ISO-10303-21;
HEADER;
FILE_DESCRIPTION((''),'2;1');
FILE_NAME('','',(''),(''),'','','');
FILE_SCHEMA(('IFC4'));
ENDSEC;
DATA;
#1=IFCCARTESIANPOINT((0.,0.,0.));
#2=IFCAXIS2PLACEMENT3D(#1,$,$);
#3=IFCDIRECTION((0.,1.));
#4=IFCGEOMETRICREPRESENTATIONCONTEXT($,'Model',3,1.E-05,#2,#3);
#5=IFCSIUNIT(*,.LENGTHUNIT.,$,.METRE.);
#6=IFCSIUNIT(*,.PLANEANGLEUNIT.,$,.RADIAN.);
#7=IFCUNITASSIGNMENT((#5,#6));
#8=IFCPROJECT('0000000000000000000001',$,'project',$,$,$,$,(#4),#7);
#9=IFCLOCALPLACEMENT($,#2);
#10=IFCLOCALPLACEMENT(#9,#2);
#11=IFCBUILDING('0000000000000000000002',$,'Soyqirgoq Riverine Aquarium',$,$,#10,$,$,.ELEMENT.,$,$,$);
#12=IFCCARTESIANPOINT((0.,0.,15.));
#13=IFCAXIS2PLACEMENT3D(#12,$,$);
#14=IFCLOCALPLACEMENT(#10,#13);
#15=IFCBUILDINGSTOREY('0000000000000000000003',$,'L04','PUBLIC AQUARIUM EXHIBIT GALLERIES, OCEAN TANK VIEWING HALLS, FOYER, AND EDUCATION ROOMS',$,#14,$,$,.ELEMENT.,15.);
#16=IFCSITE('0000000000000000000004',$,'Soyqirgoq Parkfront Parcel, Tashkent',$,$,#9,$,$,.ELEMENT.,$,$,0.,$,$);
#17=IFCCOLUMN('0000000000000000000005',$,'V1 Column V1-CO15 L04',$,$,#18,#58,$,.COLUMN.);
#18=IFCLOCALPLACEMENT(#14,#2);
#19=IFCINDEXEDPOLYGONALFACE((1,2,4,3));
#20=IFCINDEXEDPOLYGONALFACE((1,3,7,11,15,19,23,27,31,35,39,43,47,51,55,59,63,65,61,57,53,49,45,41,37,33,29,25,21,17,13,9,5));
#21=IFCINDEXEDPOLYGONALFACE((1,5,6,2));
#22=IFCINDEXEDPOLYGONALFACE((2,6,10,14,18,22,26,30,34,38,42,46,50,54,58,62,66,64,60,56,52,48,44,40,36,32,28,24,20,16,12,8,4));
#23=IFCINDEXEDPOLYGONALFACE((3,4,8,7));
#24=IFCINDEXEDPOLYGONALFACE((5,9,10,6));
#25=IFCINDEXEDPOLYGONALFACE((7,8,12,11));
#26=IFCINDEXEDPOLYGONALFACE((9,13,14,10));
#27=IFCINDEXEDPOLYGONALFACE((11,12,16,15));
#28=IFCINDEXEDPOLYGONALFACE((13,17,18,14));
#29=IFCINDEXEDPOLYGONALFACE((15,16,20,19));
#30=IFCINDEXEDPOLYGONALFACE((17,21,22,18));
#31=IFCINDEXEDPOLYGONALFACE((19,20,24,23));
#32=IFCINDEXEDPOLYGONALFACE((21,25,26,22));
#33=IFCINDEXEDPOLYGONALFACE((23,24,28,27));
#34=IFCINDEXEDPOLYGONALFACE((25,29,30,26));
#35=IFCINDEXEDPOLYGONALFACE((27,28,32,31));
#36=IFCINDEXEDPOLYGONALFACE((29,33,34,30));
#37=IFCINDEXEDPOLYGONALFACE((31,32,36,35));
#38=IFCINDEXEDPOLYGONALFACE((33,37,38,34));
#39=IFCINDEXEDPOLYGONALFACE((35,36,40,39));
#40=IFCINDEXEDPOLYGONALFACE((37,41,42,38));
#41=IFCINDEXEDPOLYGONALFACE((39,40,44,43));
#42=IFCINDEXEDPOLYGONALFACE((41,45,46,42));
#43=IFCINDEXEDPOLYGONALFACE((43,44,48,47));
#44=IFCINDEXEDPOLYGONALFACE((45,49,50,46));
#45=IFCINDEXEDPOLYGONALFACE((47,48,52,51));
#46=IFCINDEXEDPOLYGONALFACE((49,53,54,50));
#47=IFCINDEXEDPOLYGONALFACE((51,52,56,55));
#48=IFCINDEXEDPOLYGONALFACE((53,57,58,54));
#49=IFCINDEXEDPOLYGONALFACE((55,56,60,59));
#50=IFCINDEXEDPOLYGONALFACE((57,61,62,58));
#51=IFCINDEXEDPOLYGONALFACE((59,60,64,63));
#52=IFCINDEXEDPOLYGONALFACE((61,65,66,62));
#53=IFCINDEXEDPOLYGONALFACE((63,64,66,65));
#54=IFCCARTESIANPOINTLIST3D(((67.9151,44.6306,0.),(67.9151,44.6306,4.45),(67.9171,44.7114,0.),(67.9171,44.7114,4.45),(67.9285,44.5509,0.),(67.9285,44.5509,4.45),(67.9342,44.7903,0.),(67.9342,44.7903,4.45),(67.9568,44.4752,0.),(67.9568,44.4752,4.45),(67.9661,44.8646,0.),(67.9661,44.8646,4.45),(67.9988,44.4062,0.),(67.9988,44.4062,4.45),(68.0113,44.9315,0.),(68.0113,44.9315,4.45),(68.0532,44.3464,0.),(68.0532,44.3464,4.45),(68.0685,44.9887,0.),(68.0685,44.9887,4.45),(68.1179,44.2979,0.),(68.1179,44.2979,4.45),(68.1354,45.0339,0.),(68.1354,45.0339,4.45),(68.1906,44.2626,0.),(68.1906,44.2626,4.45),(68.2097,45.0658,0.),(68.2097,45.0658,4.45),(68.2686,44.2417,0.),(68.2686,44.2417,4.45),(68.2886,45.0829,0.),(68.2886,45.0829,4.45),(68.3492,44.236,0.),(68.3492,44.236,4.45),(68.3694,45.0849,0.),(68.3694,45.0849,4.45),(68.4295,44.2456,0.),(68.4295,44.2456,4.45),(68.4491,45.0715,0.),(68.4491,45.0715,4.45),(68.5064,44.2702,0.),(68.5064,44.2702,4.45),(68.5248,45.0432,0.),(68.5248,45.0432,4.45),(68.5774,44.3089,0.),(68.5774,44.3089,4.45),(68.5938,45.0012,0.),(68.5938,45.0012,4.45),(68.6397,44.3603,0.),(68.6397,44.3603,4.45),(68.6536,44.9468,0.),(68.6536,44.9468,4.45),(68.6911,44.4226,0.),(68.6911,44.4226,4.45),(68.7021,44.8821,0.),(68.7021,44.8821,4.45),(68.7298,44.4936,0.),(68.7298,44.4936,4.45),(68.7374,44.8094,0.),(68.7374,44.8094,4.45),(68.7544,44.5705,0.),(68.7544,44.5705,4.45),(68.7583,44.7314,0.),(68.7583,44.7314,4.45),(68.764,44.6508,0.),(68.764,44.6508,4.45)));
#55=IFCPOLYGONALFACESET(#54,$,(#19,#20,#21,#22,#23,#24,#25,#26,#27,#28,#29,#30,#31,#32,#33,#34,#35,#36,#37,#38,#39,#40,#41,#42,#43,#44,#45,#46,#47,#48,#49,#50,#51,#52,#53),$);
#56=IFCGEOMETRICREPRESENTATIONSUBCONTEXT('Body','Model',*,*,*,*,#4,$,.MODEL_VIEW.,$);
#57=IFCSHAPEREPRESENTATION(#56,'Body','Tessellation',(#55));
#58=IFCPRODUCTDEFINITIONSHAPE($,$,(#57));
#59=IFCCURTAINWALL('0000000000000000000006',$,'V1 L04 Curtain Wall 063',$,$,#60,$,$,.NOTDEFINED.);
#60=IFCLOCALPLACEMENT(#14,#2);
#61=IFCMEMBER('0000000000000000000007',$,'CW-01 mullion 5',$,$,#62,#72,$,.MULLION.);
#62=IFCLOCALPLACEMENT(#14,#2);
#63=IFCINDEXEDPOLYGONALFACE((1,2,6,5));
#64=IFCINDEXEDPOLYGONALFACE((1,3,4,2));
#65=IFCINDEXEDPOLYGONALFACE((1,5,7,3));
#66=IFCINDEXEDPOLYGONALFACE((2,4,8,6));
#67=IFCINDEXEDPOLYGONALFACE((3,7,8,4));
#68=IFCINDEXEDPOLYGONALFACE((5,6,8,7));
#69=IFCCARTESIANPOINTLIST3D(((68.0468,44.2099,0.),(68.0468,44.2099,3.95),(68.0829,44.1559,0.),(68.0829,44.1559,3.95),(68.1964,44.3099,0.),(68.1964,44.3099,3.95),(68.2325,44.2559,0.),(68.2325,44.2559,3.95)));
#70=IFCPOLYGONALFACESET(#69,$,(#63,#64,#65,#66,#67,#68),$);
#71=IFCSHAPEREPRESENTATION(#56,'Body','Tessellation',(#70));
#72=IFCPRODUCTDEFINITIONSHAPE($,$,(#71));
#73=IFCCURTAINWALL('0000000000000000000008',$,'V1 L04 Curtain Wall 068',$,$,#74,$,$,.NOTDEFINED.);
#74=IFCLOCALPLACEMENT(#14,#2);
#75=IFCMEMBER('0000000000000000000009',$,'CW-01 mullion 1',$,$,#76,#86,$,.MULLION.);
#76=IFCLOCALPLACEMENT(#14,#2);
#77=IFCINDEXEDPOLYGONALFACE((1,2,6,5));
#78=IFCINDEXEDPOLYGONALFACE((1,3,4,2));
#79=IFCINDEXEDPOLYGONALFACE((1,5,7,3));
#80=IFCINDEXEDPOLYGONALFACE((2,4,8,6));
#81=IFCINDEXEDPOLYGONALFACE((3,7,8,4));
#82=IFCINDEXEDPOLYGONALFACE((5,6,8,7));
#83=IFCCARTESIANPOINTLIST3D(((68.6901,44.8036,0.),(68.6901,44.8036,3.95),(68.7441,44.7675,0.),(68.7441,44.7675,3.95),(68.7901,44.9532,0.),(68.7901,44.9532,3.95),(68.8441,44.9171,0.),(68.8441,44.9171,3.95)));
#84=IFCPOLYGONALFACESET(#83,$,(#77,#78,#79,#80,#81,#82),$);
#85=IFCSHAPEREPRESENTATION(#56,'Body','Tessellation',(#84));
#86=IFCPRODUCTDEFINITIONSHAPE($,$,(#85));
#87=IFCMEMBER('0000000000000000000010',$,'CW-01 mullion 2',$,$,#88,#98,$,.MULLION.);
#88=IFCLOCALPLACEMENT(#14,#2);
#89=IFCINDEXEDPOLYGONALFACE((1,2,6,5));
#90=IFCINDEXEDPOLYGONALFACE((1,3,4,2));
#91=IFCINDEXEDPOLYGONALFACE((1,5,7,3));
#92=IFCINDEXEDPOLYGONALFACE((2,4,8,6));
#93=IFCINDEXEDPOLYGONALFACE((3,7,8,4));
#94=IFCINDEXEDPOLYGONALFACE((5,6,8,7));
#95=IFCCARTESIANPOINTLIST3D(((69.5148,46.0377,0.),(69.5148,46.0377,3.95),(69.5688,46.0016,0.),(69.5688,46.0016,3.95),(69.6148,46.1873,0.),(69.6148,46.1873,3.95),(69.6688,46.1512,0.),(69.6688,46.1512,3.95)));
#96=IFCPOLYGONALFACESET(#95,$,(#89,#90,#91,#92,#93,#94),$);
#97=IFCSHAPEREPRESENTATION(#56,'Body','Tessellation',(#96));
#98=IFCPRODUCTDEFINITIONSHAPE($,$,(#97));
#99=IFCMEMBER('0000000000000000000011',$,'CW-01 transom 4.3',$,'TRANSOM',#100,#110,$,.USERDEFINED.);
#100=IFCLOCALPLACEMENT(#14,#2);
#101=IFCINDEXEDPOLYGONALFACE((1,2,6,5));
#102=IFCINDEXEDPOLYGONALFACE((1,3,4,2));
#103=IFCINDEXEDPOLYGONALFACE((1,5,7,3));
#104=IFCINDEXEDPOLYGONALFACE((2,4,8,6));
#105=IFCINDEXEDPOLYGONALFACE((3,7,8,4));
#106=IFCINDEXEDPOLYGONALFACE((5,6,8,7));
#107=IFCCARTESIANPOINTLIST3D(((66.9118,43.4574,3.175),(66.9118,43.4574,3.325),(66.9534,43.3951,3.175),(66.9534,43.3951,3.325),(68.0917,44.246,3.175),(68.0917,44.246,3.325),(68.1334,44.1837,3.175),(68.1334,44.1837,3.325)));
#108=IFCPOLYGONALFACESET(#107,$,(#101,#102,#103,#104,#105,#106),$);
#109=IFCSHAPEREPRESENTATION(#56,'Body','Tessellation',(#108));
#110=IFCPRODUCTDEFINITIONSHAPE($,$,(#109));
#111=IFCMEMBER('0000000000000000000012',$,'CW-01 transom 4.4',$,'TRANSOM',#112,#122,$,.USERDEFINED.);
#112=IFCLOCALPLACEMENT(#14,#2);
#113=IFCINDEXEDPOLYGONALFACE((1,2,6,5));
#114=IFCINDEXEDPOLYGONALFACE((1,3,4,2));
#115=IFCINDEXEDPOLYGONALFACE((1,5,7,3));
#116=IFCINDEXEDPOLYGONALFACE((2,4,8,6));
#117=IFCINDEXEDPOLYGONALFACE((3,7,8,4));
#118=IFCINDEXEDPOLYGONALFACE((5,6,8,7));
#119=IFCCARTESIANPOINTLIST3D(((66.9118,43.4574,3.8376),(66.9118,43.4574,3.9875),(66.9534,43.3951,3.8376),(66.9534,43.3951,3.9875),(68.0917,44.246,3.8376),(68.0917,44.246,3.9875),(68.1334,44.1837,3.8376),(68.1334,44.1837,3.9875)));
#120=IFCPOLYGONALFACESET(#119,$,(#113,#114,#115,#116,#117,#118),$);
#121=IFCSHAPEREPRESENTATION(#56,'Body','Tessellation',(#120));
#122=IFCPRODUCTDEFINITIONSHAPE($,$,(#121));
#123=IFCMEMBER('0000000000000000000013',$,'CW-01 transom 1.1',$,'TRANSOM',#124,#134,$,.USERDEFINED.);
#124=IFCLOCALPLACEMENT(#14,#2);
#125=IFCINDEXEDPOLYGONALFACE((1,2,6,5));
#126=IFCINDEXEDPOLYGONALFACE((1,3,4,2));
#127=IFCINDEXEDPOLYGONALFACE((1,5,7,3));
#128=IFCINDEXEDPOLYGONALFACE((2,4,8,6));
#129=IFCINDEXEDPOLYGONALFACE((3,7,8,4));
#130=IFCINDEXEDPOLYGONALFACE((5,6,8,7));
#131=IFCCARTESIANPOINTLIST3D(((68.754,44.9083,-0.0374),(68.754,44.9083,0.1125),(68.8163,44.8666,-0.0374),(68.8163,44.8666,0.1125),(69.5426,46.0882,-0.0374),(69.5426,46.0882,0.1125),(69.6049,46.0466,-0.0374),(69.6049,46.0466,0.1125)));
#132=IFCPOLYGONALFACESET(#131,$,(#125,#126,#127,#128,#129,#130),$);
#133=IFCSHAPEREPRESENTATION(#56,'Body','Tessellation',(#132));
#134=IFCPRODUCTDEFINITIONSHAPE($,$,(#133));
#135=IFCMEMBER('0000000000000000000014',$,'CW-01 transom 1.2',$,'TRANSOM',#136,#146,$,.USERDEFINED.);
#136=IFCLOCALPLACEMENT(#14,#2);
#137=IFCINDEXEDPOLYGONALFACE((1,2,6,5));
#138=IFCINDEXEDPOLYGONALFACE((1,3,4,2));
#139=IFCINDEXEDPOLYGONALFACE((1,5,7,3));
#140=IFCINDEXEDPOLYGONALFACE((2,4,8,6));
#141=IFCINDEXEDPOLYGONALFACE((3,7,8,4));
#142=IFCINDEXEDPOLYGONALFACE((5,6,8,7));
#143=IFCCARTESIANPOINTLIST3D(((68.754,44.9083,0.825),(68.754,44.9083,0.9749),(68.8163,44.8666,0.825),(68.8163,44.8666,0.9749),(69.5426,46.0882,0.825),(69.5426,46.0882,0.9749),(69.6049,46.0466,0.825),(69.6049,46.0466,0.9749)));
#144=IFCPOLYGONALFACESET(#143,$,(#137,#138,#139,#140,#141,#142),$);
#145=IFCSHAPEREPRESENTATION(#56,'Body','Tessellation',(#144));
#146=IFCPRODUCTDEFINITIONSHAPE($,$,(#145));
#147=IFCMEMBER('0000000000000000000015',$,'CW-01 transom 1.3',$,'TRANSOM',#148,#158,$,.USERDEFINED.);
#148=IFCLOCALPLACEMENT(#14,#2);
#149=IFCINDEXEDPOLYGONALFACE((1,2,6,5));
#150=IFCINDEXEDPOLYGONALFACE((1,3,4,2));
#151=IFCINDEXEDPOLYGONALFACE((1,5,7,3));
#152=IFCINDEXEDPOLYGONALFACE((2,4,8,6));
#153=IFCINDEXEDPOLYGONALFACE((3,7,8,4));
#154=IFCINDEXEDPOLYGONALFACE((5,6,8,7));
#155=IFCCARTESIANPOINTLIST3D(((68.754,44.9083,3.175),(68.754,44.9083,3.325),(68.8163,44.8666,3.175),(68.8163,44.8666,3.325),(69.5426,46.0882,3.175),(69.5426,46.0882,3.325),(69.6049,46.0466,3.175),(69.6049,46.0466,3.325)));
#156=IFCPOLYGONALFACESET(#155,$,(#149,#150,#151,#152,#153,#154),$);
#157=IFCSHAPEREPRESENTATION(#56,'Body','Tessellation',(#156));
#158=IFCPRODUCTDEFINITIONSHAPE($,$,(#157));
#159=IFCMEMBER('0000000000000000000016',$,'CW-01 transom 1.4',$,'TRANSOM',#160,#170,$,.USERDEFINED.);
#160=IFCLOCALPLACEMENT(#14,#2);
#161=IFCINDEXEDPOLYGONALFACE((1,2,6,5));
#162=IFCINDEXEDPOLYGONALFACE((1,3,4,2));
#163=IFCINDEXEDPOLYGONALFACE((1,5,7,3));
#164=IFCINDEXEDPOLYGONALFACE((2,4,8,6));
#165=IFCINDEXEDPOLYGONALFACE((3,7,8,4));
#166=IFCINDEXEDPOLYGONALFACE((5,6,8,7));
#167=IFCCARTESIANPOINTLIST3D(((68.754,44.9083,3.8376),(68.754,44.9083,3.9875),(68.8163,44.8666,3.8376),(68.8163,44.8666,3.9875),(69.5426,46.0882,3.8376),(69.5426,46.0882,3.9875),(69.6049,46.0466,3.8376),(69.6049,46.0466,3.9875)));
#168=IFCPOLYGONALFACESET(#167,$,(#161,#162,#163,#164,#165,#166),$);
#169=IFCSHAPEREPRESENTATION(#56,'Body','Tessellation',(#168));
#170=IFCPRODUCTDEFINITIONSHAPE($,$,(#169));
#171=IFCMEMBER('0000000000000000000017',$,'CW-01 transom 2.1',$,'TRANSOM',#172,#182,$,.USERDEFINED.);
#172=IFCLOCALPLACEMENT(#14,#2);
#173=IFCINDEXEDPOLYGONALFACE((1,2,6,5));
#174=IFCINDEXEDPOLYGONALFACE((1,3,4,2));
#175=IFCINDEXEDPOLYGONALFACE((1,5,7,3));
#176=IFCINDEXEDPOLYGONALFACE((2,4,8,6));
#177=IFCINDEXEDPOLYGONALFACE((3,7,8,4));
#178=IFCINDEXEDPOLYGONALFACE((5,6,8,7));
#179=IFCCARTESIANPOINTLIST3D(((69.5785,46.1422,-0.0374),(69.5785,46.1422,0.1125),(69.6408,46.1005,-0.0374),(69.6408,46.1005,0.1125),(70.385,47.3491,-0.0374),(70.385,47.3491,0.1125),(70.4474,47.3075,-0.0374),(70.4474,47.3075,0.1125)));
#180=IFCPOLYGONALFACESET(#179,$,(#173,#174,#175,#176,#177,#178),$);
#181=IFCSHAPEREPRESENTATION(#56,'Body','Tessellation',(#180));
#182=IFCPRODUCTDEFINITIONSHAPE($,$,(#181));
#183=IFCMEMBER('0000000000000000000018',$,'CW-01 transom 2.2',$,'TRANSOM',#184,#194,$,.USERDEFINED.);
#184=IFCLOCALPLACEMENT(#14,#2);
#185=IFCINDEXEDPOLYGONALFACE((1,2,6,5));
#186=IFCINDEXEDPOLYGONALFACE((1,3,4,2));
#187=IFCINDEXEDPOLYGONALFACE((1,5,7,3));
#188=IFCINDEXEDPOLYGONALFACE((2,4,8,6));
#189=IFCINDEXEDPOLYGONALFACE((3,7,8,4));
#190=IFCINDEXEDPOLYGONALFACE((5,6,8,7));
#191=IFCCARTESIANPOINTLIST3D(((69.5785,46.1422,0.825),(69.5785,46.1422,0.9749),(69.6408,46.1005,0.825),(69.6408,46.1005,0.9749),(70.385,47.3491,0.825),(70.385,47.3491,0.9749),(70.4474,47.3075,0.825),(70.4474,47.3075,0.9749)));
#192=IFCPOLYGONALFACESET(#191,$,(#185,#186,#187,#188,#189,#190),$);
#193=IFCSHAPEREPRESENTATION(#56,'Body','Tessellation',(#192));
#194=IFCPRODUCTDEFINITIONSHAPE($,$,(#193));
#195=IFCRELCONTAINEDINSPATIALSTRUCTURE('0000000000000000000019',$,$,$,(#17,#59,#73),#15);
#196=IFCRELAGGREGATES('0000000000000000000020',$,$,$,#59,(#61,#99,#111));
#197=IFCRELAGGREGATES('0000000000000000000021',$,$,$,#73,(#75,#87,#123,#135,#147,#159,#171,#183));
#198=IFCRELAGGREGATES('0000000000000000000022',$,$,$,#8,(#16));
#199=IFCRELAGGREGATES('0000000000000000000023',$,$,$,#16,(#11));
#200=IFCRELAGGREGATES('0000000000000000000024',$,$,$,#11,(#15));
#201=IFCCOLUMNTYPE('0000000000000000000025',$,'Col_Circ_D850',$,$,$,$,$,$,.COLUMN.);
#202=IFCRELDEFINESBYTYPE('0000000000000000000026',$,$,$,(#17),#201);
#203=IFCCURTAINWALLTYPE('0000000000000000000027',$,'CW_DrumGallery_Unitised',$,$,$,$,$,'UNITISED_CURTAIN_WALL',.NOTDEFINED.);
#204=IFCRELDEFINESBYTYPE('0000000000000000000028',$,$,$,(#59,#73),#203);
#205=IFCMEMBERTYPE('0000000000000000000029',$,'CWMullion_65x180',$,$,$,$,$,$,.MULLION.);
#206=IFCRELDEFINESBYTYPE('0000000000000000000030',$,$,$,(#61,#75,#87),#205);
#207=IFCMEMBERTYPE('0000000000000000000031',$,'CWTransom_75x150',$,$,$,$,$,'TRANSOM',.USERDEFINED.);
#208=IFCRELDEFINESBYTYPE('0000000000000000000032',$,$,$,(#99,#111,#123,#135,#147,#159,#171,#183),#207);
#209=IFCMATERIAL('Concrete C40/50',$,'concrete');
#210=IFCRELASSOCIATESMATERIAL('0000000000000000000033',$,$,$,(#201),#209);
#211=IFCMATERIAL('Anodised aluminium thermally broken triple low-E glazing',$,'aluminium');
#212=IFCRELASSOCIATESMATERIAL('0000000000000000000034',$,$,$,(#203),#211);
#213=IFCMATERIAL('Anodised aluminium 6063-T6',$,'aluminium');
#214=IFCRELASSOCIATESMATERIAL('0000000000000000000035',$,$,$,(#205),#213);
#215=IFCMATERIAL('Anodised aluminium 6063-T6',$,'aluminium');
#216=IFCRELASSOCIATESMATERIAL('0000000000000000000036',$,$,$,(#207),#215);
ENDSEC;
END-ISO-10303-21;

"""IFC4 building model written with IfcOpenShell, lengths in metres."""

from ifc_helpers import new_model, si_unit, direction, frame, origin, origin_2d, place, context, subcontext, project, spatial, rectangle, circle, extrude, material, material_profile, profile_set, type_object, element, aggregate, save


model = new_model("IFC4")

# Units and contexts
model_context = context("Model", 3, precision=1e-05, world=origin(), true_north=direction((0.0, 1.0)))
body_context = subcontext(model_context, "Body", "Model", "MODEL_VIEW")
ifc_project = project(units=[si_unit("LENGTHUNIT", "METRE"), si_unit("PLANEANGLEUNIT", "RADIAN")], contexts=[model_context])

# Site, building, storey
site_placement = place(None, origin())
site = spatial("IfcSite", under=ifc_project, at=site_placement, Name="Soyqirgoq Parkfront Parcel, Tashkent", CompositionType="ELEMENT", RefElevation=0.0)
building_placement = place(site_placement, origin())
building = spatial("IfcBuilding", under=site, at=building_placement, Name="Soyqirgoq Riverine Aquarium", CompositionType="ELEMENT")
storey_placement = place(building_placement, frame((0.0, 0.0, 15.0)))
storey = spatial("IfcBuildingStorey", under=building, at=storey_placement, Name="L04", Description="PUBLIC AQUARIUM EXHIBIT GALLERIES, OCEAN TANK VIEWING HALLS, FOYER, AND EDUCATION ROOMS", CompositionType="ELEMENT", Elevation=15.0)

# Column
ifc_material_1 = material(Name="Concrete C40/50", Category="concrete")
ifc_material_profile_1 = material_profile(ifc_material_1, circle(Radius=0.425, at=origin_2d()), Name="RC-COL D850")
ifc_profile_set_1 = profile_set([ifc_material_profile_1], Name="Concrete C40/50")
column_type = type_object("IfcColumnType", Name="Col_Circ_D850", PredefinedType="COLUMN", material=ifc_profile_set_1)
column_placement = place(storey_placement, frame((68.3391, 44.6609, 0.0), z_axis=(0.0, 0.0, 1.0), x_axis=(0.707107, -0.707107, 0.0)))
element("IfcColumn", 1, at=column_placement, inside=storey, type_object=column_type, Name="V1 Column V1-CO15 L04", PredefinedType="COLUMN", context=body_context, shape_type="SweptSolid", body=[
    extrude(circle(Radius=0.425, at=origin_2d()), origin(), (0.0, 0.0, 1.0), 4.45),
])

# Curtain wall, member
ifc_material_2 = material(Name="Anodised aluminium thermally broken triple low-E glazing", Category="aluminium")
curtain_wall_type = type_object("IfcCurtainWallType", Name="CW_DrumGallery_Unitised", ElementType="UNITISED_CURTAIN_WALL", PredefinedType="NOTDEFINED", material=ifc_material_2)
curtain_wall_1_placement = place(storey_placement, origin())
curtain_wall_1 = element("IfcCurtainWall", 2, at=curtain_wall_1_placement, inside=storey, type_object=curtain_wall_type, Name="V1 L04 Curtain Wall 063", PredefinedType="NOTDEFINED")
ifc_material_3 = material(Name="Anodised aluminium 6063-T6", Category="aluminium")
ifc_material_profile_2 = material_profile(ifc_material_3, rectangle(XDim=0.0649, YDim=0.1799, at=origin_2d()), Name="ALU-M 65x180")
ifc_profile_set_2 = profile_set([ifc_material_profile_2], Name="Anodised aluminium 6063-T6")
member_type_1 = type_object("IfcMemberType", Name="CWMullion_65x180", PredefinedType="MULLION", material=ifc_profile_set_2)
member_1_placement = place(storey_placement, frame((68.1396, 44.2329, 0.0), z_axis=(0.0, 0.0, 1.0), x_axis=(-0.555579, 0.831464, 0.0)))
member_1 = element("IfcMember", 3, at=member_1_placement, type_object=member_type_1, Name="CW-01 mullion 5", PredefinedType="MULLION", context=body_context, shape_type="SweptSolid", body=[
    extrude(rectangle(XDim=0.0649, YDim=0.1799, at=origin_2d()), origin(), (0.0, 0.0, 1.0), 3.95),
])

# Curtain wall, members
curtain_wall_2_placement = place(storey_placement, origin())
curtain_wall_2 = element("IfcCurtainWall", 4, at=curtain_wall_2_placement, inside=storey, type_object=curtain_wall_type, Name="V1 L04 Curtain Wall 068", PredefinedType="NOTDEFINED")
member_2_placement = place(storey_placement, frame((68.7671, 44.8604, 0.0), z_axis=(0.0, 0.0, 1.0), x_axis=(-0.831464, 0.555579, 0.0)))
member_2 = element("IfcMember", 5, at=member_2_placement, type_object=member_type_1, Name="CW-01 mullion 1", PredefinedType="MULLION", context=body_context, shape_type="SweptSolid", body=[
    extrude(rectangle(XDim=0.0649, YDim=0.1799, at=origin_2d()), origin(), (0.0, 0.0, 1.0), 3.95),
])
member_3_placement = place(storey_placement, frame((69.5918, 46.0945, 0.0), z_axis=(0.0, 0.0, 1.0), x_axis=(-0.831464, 0.555579, 0.0)))
member_3 = element("IfcMember", 6, at=member_3_placement, type_object=member_type_1, Name="CW-01 mullion 2", PredefinedType="MULLION", context=body_context, shape_type="SweptSolid", body=[
    extrude(rectangle(XDim=0.0649, YDim=0.1799, at=origin_2d()), origin(), (0.0, 0.0, 1.0), 3.95),
])

# Members
ifc_material_4 = material(Name="Anodised aluminium 6063-T6", Category="aluminium")
ifc_material_profile_3 = material_profile(ifc_material_4, rectangle(XDim=0.075, YDim=0.1499, at=origin_2d()), Name="ALU-T 75x150")
ifc_profile_set_3 = profile_set([ifc_material_profile_3], Name="Anodised aluminium 6063-T6")
member_type_2 = type_object("IfcMemberType", Name="CWTransom_75x150", ElementType="TRANSOM", PredefinedType="USERDEFINED", material=ifc_profile_set_3)
member_4_placement = place(storey_placement, frame((66.9326, 43.4263, 3.25), z_axis=(0.831415, 0.555653, 0.0), x_axis=(-0.555653, 0.831415, 0.0)))
member_4 = element("IfcMember", 7, at=member_4_placement, type_object=member_type_2, Name="CW-01 transom 4.3", ObjectType="TRANSOM", PredefinedType="USERDEFINED", context=body_context, shape_type="SweptSolid", body=[
    extrude(rectangle(XDim=0.075, YDim=0.1499, at=origin_2d()), origin(), (0.0, 0.0, 1.0), 1.4192),
])
member_5_placement = place(storey_placement, frame((66.9326, 43.4263, 3.9126), z_axis=(0.831415, 0.555653, 0.0), x_axis=(-0.555653, 0.831415, 0.0)))
member_5 = element("IfcMember", 8, at=member_5_placement, type_object=member_type_2, Name="CW-01 transom 4.4", ObjectType="TRANSOM", PredefinedType="USERDEFINED", context=body_context, shape_type="SweptSolid", body=[
    extrude(rectangle(XDim=0.075, YDim=0.1499, at=origin_2d()), origin(), (0.0, 0.0, 1.0), 1.4192),
])
member_6_placement = place(storey_placement, frame((68.7852, 44.8875, 0.0376), z_axis=(0.555653, 0.831415, 0.0), x_axis=(-0.831415, 0.555653, 0.0)))
member_6 = element("IfcMember", 9, at=member_6_placement, type_object=member_type_2, Name="CW-01 transom 1.1", ObjectType="TRANSOM", PredefinedType="USERDEFINED", context=body_context, shape_type="SweptSolid", body=[
    extrude(rectangle(XDim=0.075, YDim=0.1499, at=origin_2d()), origin(), (0.0, 0.0, 1.0), 1.4192),
])
member_7_placement = place(storey_placement, frame((68.7852, 44.8875, 0.8999), z_axis=(0.555653, 0.831415, 0.0), x_axis=(-0.831415, 0.555653, 0.0)))
member_7 = element("IfcMember", 10, at=member_7_placement, type_object=member_type_2, Name="CW-01 transom 1.2", ObjectType="TRANSOM", PredefinedType="USERDEFINED", context=body_context, shape_type="SweptSolid", body=[
    extrude(rectangle(XDim=0.075, YDim=0.1499, at=origin_2d()), origin(), (0.0, 0.0, 1.0), 1.4192),
])
member_8_placement = place(storey_placement, frame((68.7852, 44.8875, 3.25), z_axis=(0.555653, 0.831415, 0.0), x_axis=(-0.831415, 0.555653, 0.0)))
member_8 = element("IfcMember", 11, at=member_8_placement, type_object=member_type_2, Name="CW-01 transom 1.3", ObjectType="TRANSOM", PredefinedType="USERDEFINED", context=body_context, shape_type="SweptSolid", body=[
    extrude(rectangle(XDim=0.075, YDim=0.1499, at=origin_2d()), origin(), (0.0, 0.0, 1.0), 1.4192),
])
member_9_placement = place(storey_placement, frame((68.7852, 44.8875, 3.9126), z_axis=(0.555653, 0.831415, 0.0), x_axis=(-0.831415, 0.555653, 0.0)))
member_9 = element("IfcMember", 12, at=member_9_placement, type_object=member_type_2, Name="CW-01 transom 1.4", ObjectType="TRANSOM", PredefinedType="USERDEFINED", context=body_context, shape_type="SweptSolid", body=[
    extrude(rectangle(XDim=0.075, YDim=0.1499, at=origin_2d()), origin(), (0.0, 0.0, 1.0), 1.4192),
])
member_10_placement = place(storey_placement, frame((69.6096, 46.1213, 0.0376), z_axis=(0.555631, 0.831429, 0.0), x_axis=(-0.831429, 0.555631, 0.0)))
member_10 = element("IfcMember", 13, at=member_10_placement, type_object=member_type_2, Name="CW-01 transom 2.1", ObjectType="TRANSOM", PredefinedType="USERDEFINED", context=body_context, shape_type="SweptSolid", body=[
    extrude(rectangle(XDim=0.075, YDim=0.1499, at=origin_2d()), origin(), (0.0, 0.0, 1.0), 1.4517),
])
member_11_placement = place(storey_placement, frame((69.6096, 46.1213, 0.8999), z_axis=(0.555631, 0.831429, 0.0), x_axis=(-0.831429, 0.555631, 0.0)))
member_11 = element("IfcMember", 14, at=member_11_placement, type_object=member_type_2, Name="CW-01 transom 2.2", ObjectType="TRANSOM", PredefinedType="USERDEFINED", context=body_context, shape_type="SweptSolid", body=[
    extrude(rectangle(XDim=0.075, YDim=0.1499, at=origin_2d()), origin(), (0.0, 0.0, 1.0), 1.4517),
])

aggregate(curtain_wall_1, [member_1, member_4, member_5])
aggregate(curtain_wall_2, [member_2, member_3, member_6, member_7, member_8, member_9, member_10, member_11])

save(model, "model.ifc")
